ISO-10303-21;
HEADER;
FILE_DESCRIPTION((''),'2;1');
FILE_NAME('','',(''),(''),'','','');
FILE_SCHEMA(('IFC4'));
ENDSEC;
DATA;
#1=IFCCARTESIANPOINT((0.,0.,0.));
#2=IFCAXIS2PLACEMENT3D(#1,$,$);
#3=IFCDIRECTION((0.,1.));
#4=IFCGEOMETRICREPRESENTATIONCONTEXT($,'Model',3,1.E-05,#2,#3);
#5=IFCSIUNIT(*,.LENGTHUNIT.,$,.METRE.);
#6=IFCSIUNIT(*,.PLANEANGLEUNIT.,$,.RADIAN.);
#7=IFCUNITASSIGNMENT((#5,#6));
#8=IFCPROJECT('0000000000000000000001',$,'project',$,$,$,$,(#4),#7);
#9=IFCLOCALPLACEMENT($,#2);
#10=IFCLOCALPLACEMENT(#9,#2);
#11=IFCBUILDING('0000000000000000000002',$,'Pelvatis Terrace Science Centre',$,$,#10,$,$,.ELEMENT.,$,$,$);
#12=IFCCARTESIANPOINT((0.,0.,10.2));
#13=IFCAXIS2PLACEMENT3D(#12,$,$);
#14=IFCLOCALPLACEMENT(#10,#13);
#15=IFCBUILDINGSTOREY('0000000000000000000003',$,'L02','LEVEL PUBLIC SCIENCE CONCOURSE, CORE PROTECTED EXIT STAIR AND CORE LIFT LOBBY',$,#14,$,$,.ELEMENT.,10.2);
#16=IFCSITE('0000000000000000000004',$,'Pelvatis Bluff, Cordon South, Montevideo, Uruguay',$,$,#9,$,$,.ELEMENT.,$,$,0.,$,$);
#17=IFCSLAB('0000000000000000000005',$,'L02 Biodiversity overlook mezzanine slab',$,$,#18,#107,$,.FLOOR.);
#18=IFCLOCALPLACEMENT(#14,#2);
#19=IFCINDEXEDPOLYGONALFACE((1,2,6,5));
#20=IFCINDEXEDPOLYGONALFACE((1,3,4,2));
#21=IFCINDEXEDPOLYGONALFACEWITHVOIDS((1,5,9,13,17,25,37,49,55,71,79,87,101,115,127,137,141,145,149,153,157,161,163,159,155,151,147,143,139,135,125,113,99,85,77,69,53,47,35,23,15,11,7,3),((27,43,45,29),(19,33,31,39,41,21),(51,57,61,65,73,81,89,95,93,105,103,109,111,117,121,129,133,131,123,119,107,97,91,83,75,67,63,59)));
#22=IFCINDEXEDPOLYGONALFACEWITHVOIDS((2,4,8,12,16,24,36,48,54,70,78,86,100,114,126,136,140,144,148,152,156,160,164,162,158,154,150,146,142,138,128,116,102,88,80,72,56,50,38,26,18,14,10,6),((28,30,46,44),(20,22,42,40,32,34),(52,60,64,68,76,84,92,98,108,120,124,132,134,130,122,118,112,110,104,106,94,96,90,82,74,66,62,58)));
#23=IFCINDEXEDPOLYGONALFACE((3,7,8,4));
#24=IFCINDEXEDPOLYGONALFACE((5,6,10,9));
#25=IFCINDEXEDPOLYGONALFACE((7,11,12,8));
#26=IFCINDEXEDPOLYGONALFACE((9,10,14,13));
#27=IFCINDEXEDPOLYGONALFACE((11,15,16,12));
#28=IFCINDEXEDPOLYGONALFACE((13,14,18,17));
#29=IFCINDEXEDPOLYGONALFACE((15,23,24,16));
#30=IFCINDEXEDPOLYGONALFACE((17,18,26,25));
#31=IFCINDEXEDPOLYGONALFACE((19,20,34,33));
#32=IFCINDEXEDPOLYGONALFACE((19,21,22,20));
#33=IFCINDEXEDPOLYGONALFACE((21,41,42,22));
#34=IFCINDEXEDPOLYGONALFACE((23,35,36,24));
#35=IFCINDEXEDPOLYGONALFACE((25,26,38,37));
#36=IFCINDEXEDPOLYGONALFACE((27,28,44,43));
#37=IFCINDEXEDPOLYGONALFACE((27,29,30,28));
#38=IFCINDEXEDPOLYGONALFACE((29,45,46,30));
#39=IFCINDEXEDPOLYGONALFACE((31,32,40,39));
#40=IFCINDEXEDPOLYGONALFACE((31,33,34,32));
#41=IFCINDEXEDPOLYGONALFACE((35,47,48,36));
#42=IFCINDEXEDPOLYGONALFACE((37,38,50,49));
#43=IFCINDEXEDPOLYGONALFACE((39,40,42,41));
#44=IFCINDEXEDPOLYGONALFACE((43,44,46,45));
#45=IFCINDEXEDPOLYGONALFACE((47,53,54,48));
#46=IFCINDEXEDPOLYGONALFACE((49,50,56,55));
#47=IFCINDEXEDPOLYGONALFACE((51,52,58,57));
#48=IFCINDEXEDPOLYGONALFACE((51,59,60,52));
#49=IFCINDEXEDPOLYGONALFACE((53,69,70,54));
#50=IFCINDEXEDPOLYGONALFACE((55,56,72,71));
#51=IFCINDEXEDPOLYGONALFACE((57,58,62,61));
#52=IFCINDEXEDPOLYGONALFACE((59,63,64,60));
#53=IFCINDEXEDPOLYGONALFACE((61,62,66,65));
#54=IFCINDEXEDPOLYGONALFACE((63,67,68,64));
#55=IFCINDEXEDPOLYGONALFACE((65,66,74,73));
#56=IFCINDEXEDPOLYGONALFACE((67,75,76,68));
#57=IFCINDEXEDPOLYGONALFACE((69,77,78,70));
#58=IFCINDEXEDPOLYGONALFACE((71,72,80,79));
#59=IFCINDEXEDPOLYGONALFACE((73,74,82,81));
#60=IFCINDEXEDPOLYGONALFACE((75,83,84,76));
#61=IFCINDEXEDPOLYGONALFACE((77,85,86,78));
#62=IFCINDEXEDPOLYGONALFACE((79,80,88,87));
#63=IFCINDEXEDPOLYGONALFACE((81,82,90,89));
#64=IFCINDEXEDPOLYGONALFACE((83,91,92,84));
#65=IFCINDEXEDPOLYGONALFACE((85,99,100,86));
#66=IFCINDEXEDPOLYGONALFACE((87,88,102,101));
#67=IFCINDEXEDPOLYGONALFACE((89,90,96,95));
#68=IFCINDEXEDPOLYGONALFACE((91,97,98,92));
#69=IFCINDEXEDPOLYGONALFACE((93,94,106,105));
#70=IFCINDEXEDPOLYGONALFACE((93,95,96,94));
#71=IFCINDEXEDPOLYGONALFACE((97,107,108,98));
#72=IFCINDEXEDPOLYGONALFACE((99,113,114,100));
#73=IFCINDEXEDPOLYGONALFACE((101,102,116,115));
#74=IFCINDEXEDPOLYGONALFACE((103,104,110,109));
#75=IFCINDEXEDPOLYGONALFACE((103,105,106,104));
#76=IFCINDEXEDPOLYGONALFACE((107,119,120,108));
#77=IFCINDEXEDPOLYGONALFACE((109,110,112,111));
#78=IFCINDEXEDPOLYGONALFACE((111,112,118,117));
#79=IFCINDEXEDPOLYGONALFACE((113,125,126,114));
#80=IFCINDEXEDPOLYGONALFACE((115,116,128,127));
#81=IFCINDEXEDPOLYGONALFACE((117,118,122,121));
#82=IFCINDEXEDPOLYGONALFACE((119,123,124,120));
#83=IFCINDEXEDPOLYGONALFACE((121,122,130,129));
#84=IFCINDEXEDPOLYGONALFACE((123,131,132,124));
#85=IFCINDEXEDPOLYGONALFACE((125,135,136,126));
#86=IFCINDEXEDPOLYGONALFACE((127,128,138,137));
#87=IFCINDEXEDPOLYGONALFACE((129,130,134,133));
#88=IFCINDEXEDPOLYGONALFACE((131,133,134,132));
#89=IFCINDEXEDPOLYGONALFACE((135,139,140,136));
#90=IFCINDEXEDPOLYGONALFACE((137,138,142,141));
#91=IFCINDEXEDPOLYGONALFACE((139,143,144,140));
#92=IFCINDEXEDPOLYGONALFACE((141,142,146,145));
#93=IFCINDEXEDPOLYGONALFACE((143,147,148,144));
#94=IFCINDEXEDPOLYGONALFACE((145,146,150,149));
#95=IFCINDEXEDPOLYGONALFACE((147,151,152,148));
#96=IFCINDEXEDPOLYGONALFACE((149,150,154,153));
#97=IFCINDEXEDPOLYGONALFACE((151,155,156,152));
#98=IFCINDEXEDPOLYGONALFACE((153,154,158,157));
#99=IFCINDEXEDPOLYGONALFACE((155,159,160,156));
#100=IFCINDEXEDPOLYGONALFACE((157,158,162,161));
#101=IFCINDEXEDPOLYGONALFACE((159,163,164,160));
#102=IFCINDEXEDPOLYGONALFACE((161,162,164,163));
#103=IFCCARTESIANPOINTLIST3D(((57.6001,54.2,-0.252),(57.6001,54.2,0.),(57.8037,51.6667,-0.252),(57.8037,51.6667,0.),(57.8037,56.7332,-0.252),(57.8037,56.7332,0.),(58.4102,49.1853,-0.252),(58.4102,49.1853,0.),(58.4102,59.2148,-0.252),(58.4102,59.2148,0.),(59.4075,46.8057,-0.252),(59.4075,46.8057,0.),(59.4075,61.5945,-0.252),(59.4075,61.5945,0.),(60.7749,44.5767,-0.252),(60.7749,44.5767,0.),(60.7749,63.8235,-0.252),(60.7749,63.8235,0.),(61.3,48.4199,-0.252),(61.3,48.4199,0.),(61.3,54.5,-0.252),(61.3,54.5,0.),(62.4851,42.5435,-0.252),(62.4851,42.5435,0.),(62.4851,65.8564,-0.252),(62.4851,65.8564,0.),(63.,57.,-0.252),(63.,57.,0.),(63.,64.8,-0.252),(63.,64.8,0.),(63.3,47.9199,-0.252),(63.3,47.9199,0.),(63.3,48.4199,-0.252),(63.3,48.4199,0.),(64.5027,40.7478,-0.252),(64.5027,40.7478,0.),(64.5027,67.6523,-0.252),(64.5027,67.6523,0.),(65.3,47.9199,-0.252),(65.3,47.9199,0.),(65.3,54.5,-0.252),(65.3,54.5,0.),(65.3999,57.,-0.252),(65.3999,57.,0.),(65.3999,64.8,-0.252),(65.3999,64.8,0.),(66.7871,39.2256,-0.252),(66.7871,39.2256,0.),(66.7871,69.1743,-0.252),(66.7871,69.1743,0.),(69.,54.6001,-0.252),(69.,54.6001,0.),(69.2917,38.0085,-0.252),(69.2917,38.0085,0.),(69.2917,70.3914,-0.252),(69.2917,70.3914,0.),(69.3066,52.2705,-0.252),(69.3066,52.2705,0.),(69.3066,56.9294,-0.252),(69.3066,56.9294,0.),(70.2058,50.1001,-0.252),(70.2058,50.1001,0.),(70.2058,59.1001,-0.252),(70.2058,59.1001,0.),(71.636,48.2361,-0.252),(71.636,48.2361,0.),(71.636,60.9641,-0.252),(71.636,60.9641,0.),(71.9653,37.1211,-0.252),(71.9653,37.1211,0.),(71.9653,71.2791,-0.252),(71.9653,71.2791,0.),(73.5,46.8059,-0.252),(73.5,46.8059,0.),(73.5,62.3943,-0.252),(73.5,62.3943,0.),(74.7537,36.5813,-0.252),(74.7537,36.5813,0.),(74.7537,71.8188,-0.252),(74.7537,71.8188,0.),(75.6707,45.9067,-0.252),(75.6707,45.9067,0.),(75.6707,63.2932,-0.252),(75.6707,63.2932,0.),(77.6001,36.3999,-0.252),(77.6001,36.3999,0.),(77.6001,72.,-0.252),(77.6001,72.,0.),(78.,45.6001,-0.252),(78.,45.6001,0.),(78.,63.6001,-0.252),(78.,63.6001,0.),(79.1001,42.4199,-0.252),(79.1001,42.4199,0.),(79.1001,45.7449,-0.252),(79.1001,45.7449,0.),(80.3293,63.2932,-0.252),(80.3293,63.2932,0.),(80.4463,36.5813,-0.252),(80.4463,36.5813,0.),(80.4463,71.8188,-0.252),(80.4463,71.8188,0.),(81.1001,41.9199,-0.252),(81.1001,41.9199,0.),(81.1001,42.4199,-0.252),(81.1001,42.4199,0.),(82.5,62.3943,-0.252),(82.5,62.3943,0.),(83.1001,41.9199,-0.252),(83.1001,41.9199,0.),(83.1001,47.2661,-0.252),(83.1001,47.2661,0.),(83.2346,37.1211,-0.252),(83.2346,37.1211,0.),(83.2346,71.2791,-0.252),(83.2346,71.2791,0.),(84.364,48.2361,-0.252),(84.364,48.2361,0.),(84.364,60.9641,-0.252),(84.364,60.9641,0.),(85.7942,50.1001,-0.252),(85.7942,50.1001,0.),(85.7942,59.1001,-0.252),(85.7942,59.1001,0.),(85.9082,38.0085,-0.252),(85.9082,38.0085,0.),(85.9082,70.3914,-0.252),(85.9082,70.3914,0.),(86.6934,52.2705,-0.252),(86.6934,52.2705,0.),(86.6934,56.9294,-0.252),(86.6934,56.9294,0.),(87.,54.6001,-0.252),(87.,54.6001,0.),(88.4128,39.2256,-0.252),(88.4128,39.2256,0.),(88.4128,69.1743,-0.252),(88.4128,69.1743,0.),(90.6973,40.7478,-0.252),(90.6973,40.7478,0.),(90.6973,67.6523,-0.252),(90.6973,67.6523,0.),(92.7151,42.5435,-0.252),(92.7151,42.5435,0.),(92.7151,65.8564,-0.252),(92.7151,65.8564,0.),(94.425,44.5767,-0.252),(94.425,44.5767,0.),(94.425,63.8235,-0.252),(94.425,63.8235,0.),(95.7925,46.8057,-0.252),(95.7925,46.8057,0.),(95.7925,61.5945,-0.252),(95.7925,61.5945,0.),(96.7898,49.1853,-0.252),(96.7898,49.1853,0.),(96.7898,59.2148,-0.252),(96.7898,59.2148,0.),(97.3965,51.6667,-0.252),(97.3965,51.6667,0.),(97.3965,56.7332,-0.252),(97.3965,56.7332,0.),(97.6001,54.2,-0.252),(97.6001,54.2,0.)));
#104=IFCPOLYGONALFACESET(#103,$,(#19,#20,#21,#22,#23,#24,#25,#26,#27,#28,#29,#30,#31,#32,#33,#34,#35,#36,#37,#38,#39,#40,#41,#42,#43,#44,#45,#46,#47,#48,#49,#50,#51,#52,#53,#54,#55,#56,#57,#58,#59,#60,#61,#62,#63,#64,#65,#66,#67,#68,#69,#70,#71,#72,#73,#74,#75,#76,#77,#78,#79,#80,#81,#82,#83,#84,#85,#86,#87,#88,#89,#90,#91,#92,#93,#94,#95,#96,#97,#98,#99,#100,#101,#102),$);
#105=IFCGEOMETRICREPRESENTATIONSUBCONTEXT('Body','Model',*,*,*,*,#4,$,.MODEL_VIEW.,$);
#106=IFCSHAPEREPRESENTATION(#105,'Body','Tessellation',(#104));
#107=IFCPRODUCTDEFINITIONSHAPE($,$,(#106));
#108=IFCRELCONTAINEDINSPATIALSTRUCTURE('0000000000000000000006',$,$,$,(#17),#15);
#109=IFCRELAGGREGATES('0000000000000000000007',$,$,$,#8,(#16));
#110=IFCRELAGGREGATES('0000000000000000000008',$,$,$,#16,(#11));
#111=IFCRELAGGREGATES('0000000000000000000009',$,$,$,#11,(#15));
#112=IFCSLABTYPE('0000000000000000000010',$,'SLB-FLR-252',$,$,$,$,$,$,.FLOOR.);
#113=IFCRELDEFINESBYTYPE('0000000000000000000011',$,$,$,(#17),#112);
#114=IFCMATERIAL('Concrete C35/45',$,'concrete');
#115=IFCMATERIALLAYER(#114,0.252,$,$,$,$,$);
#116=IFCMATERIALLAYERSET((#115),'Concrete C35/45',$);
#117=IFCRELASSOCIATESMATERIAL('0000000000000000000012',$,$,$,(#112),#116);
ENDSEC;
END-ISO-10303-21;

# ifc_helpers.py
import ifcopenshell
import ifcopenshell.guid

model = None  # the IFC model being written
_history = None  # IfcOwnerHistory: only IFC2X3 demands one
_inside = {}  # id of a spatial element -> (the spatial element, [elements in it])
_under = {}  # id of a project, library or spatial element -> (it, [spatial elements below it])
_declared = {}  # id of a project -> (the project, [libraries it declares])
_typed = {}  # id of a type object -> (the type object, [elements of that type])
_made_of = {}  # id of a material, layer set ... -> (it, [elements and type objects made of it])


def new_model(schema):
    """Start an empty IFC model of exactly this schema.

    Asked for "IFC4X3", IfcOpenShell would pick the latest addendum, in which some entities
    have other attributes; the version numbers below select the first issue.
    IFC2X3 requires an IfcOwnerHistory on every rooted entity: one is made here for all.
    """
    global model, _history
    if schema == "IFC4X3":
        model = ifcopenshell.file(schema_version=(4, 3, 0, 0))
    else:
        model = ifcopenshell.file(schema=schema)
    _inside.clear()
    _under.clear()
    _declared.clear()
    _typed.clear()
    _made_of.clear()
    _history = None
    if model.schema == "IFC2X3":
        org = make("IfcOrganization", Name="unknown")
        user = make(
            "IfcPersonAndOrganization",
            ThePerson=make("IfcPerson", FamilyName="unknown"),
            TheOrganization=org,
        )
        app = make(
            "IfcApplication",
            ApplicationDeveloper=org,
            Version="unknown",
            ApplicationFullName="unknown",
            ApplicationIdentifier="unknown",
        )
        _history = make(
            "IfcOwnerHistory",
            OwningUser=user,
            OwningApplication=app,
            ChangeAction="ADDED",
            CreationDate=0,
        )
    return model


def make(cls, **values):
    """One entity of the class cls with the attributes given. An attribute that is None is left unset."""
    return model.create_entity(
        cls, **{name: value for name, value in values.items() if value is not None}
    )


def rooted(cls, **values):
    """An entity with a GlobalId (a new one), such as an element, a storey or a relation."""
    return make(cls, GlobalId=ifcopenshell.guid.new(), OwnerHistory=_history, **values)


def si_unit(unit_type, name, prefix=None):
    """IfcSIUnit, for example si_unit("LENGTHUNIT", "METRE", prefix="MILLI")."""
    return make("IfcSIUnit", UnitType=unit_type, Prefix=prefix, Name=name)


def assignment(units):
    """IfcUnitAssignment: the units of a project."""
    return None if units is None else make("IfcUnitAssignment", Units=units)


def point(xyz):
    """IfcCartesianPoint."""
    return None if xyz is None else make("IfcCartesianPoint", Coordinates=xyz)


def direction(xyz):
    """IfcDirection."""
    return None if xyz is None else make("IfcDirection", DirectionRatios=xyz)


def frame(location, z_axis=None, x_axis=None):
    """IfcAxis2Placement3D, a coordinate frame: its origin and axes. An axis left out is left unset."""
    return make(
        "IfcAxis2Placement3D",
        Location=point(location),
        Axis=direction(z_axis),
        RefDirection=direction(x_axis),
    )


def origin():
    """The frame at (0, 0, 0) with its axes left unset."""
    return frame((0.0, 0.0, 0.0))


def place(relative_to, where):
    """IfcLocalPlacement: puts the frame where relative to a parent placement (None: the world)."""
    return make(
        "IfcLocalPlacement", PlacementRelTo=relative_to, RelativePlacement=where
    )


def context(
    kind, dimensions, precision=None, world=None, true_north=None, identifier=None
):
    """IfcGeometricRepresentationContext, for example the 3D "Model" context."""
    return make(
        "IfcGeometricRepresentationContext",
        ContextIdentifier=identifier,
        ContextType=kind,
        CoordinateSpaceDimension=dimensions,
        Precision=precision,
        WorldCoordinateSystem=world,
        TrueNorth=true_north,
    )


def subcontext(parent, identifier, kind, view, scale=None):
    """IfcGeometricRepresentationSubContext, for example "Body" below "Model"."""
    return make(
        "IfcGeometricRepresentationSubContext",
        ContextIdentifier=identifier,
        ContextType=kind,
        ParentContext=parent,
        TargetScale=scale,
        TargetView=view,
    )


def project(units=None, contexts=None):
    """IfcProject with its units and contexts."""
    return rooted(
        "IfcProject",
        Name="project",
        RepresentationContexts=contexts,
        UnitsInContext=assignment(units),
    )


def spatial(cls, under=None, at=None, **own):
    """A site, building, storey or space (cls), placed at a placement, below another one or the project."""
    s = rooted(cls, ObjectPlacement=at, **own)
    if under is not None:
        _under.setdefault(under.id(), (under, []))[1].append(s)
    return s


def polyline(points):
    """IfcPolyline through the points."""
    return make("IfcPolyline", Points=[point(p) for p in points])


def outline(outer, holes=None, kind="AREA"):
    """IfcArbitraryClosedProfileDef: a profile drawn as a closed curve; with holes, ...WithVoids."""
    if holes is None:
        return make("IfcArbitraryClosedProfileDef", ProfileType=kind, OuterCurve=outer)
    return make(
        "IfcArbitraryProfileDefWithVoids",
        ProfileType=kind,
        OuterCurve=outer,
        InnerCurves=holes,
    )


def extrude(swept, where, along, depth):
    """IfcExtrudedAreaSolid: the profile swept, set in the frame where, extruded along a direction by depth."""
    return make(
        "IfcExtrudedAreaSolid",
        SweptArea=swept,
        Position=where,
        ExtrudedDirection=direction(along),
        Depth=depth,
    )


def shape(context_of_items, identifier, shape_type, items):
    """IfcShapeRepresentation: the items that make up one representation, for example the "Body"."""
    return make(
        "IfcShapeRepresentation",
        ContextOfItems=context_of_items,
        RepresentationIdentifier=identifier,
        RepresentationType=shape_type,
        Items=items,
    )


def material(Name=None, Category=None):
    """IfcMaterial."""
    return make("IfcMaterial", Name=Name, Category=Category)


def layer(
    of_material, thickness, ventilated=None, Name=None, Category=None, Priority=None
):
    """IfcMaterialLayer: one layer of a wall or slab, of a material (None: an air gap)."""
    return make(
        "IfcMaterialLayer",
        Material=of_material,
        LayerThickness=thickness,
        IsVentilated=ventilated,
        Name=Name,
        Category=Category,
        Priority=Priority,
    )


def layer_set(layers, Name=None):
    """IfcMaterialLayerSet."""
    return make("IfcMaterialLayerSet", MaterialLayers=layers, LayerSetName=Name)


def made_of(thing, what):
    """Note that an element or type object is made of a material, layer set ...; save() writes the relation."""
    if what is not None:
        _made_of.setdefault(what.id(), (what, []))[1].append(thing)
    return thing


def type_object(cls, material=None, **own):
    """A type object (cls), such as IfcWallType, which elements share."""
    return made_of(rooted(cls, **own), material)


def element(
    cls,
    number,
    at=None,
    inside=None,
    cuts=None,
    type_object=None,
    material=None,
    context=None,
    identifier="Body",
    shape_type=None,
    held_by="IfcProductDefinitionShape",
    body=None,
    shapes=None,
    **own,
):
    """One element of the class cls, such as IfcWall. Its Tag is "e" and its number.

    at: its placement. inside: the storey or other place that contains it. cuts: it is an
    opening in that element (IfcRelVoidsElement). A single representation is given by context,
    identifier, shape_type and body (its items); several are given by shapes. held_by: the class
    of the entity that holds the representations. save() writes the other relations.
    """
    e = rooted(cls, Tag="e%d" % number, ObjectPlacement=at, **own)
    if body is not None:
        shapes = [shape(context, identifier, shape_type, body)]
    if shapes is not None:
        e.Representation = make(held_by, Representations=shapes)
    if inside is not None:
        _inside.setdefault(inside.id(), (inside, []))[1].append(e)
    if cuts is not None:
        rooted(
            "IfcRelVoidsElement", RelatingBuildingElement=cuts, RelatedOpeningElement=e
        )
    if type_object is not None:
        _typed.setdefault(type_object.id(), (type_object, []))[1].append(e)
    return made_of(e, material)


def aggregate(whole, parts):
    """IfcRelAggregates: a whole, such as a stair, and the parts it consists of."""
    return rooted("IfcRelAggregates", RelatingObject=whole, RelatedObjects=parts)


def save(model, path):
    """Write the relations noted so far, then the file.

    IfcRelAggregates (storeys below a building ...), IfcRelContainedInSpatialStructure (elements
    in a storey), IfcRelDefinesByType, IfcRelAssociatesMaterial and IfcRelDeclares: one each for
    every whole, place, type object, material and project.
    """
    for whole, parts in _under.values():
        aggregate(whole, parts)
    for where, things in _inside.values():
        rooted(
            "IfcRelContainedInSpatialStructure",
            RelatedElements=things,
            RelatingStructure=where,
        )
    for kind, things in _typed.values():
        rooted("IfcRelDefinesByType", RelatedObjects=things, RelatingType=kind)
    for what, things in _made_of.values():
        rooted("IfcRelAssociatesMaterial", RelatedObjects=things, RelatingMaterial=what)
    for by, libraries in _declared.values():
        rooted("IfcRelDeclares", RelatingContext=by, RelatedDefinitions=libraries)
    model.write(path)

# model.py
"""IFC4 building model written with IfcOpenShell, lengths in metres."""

from ifc_helpers import new_model, si_unit, direction, frame, origin, place, context, subcontext, project, spatial, polyline, outline, extrude, material, layer, layer_set, type_object, element, save


model = new_model("IFC4")

# Units and contexts
model_context = context("Model", 3, precision=1e-05, world=origin(), true_north=direction((0.0, 1.0)))
body_context = subcontext(model_context, "Body", "Model", "MODEL_VIEW")
ifc_project = project(units=[si_unit("LENGTHUNIT", "METRE"), si_unit("PLANEANGLEUNIT", "RADIAN")], contexts=[model_context])

# Site, building, storey
site_placement = place(None, origin())
site = spatial("IfcSite", under=ifc_project, at=site_placement, Name="Pelvatis Bluff, Cordon South, Montevideo, Uruguay", CompositionType="ELEMENT", RefElevation=0.0)
building_placement = place(site_placement, origin())
building = spatial("IfcBuilding", under=site, at=building_placement, Name="Pelvatis Terrace Science Centre", CompositionType="ELEMENT")
storey_placement = place(building_placement, frame((0.0, 0.0, 10.2)))
storey = spatial("IfcBuildingStorey", under=building, at=storey_placement, Name="L02", Description="LEVEL PUBLIC SCIENCE CONCOURSE, CORE PROTECTED EXIT STAIR AND CORE LIFT LOBBY", CompositionType="ELEMENT", Elevation=10.2)

# Slab
ifc_material_1 = material(Name="Concrete C35/45", Category="concrete")
ifc_layer_1 = layer(ifc_material_1, 0.252)
ifc_layer_set_1 = layer_set([ifc_layer_1], Name="Concrete C35/45")
slab_type_1 = type_object("IfcSlabType", Name="SLB-FLR-252", PredefinedType="FLOOR", material=ifc_layer_set_1)
slab_1_placement = place(storey_placement, frame((0.0, 0.0, -0.252)))
element("IfcSlab", 1, at=slab_1_placement, inside=storey, type_object=slab_type_1, Name="L02 Biodiversity overlook mezzanine slab", PredefinedType="FLOOR", context=body_context, shape_type="SweptSolid", body=[
    extrude(outline(polyline([(96.7898, 49.1853), (95.7925, 46.8057), (94.425, 44.5767), (92.7151, 42.5435), (90.6973, 40.7478), (88.4128, 39.2256), (85.9082, 38.0085), (83.2346, 37.1211), (80.4463, 36.5813), (77.6001, 36.3999), (74.7537, 36.5813), (71.9653, 37.1211), (69.2917, 38.0085), (66.7871, 39.2256), (64.5027, 40.7478), (62.4851, 42.5435), (60.7749, 44.5767), (59.4075, 46.8057), (58.4102, 49.1853), (57.8037, 51.6667), (57.6001, 54.2), (57.8037, 56.7332), (58.4102, 59.2148), (59.4075, 61.5945), (60.7749, 63.8235), (62.4851, 65.8564), (64.5027, 67.6523), (66.7871, 69.1743), (69.2917, 70.3914), (71.9653, 71.2791), (74.7537, 71.8188), (77.6001, 72.0), (80.4463, 71.8188), (83.2346, 71.2791), (85.9082, 70.3914), (88.4128, 69.1743), (90.6973, 67.6523), (92.7151, 65.8564), (94.425, 63.8235), (95.7925, 61.5945), (96.7898, 59.2148), (97.3965, 56.7332), (97.6001, 54.2), (97.3965, 51.6667), (96.7898, 49.1853)]), holes=[polyline([(83.1001, 47.2661), (84.364, 48.2361), (85.7942, 50.1001), (86.6934, 52.2705), (87.0, 54.6001), (86.6934, 56.9294), (85.7942, 59.1001), (84.364, 60.9641), (82.5, 62.3943), (80.3293, 63.2932), (78.0, 63.6001), (75.6707, 63.2932), (73.5, 62.3943), (71.636, 60.9641), (70.2058, 59.1001), (69.3066, 56.9294), (69.0, 54.6001), (69.3066, 52.2705), (70.2058, 50.1001), (71.636, 48.2361), (73.5, 46.8059), (75.6707, 45.9067), (78.0, 45.6001), (79.1001, 45.7449), (79.1001, 42.4199), (81.1001, 42.4199), (81.1001, 41.9199), (83.1001, 41.9199), (83.1001, 47.2661)]), polyline([(61.3, 54.5), (61.3, 48.4199), (63.3, 48.4199), (63.3, 47.9199), (65.3, 47.9199), (65.3, 54.5), (61.3, 54.5)]), polyline([(63.0, 64.8), (63.0, 57.0), (65.3999, 57.0), (65.3999, 64.8), (63.0, 64.8)])]), origin(), (0.0, 0.0, 1.0), 0.252),
])

save(model, "model.ifc")
